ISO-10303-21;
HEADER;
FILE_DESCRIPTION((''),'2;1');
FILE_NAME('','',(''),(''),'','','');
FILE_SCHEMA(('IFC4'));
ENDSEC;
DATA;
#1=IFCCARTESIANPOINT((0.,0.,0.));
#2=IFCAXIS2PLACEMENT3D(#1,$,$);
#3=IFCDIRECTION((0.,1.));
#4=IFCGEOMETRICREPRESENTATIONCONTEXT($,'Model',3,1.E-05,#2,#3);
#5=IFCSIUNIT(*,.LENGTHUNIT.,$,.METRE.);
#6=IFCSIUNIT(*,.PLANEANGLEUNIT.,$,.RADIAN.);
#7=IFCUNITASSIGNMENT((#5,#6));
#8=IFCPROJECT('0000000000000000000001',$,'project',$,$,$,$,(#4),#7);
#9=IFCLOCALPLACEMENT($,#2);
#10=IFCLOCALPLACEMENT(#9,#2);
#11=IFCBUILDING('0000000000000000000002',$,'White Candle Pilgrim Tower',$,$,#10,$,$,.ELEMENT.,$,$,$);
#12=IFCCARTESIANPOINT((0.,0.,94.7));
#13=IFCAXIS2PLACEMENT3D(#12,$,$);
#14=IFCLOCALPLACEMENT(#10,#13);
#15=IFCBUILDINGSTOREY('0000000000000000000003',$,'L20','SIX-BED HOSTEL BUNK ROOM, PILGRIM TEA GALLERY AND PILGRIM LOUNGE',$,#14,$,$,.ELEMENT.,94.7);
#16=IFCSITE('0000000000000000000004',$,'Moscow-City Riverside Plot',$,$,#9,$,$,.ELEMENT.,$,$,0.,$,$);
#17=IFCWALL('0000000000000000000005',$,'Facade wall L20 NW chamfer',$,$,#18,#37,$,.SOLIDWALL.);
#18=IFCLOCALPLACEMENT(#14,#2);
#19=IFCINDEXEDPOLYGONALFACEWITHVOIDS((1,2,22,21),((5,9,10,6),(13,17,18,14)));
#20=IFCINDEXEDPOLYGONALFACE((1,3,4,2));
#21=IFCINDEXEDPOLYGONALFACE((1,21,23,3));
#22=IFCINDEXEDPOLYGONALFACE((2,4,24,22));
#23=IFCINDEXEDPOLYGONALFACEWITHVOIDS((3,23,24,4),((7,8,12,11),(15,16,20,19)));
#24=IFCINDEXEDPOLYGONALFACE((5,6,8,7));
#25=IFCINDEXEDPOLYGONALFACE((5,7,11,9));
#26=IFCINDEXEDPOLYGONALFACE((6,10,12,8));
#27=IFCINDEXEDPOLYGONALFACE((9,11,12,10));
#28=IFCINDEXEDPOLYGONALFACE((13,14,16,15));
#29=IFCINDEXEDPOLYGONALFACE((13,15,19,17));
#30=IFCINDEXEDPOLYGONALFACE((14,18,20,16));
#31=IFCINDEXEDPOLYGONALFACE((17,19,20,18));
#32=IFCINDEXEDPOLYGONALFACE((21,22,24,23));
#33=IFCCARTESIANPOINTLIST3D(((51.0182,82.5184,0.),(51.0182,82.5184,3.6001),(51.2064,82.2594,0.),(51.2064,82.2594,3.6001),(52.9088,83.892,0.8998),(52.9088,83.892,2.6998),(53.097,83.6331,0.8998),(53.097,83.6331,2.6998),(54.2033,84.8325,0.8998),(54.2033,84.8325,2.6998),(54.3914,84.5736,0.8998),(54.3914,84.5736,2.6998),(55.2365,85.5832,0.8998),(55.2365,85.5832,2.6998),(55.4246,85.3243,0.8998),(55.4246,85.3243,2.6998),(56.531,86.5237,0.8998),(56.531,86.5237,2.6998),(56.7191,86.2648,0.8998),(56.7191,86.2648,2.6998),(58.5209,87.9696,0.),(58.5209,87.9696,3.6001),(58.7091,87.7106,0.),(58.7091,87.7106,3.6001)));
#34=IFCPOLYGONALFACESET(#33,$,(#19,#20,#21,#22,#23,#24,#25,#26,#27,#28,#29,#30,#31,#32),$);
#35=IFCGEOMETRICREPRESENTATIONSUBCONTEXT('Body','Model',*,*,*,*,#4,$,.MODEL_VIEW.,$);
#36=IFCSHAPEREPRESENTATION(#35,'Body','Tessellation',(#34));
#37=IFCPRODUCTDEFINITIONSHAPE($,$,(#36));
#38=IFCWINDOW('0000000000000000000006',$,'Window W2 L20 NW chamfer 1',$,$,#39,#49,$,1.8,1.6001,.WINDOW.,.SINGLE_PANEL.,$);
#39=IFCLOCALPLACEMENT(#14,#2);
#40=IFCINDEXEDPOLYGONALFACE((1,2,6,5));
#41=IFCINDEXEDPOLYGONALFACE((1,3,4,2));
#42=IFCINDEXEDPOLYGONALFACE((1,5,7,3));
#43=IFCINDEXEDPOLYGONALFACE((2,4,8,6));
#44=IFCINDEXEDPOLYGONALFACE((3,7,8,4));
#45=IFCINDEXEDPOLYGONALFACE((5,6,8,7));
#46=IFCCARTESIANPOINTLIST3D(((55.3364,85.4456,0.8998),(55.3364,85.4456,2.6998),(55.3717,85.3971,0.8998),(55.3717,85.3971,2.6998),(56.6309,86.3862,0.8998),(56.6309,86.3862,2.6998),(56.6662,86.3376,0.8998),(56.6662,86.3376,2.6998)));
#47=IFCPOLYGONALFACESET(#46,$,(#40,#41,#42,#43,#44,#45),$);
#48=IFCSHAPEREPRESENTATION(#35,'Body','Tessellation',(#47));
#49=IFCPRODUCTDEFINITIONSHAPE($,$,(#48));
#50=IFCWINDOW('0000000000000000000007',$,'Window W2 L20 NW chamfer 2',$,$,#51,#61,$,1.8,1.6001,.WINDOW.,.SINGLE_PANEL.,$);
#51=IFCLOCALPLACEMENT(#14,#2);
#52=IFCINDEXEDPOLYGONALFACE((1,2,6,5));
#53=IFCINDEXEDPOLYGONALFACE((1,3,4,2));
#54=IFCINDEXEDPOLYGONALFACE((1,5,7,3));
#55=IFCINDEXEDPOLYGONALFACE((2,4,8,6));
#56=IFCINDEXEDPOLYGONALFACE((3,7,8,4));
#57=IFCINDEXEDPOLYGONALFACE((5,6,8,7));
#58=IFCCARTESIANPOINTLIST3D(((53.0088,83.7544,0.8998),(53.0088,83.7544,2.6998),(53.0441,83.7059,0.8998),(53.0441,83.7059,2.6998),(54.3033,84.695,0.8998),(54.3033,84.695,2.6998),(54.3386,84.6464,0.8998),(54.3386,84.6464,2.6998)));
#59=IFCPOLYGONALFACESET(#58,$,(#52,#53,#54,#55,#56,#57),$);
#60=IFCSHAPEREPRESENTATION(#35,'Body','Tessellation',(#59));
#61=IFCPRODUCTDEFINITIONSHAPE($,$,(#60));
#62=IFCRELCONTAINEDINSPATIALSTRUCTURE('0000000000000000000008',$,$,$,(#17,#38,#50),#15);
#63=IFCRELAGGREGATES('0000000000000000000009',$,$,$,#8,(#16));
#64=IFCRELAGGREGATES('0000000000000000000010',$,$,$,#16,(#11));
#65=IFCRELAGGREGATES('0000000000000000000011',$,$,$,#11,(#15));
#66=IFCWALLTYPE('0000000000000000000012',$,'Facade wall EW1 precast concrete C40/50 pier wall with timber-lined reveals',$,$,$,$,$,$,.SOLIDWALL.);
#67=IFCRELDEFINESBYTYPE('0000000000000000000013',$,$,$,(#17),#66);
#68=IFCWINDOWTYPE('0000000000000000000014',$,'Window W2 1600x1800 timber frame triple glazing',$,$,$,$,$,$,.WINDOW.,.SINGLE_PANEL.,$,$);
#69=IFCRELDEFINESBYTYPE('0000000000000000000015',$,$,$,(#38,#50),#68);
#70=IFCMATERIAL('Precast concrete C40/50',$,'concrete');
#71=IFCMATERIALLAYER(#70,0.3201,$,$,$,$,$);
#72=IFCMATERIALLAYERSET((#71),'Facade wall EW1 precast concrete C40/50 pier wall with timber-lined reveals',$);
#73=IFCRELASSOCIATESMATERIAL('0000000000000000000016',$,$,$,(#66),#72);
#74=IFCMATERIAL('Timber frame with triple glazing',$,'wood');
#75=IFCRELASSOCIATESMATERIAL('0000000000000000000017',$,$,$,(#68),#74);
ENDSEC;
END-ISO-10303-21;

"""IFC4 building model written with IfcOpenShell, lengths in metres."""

from ifc_helpers import new_model, si_unit, direction, frame, frame_2d, origin, place, context, subcontext, project, spatial, rectangle, extrude, material, layer, layer_set, type_object, element, fill, save


model = new_model("IFC4")

# Units and contexts
model_context = context("Model", 3, precision=1e-05, world=origin(), true_north=direction((0.0, 1.0)))
body_context = subcontext(model_context, "Body", "Model", "MODEL_VIEW")
ifc_project = project(units=[si_unit("LENGTHUNIT", "METRE"), si_unit("PLANEANGLEUNIT", "RADIAN")], contexts=[model_context])

# Site, building, storey
site_placement = place(None, origin())
site = spatial("IfcSite", under=ifc_project, at=site_placement, Name="Moscow-City Riverside Plot", CompositionType="ELEMENT", RefElevation=0.0)
building_placement = place(site_placement, origin())
building = spatial("IfcBuilding", under=site, at=building_placement, Name="White Candle Pilgrim Tower", CompositionType="ELEMENT")
storey_placement = place(building_placement, frame((0.0, 0.0, 94.7)))
storey = spatial("IfcBuildingStorey", under=building, at=storey_placement, Name="L20", Description="SIX-BED HOSTEL BUNK ROOM, PILGRIM TEA GALLERY AND PILGRIM LOUNGE", CompositionType="ELEMENT", Elevation=94.7)

# Wall, openings, windows
ifc_material_1 = material(Name="Precast concrete C40/50", Category="concrete")
ifc_layer_1 = layer(ifc_material_1, 0.3201)
ifc_layer_set_1 = layer_set([ifc_layer_1], Name="Facade wall EW1 precast concrete C40/50 pier wall with timber-lined reveals")
wall_type_1 = type_object("IfcWallType", Name="Facade wall EW1 precast concrete C40/50 pier wall with timber-lined reveals", PredefinedType="SOLIDWALL", material=ifc_layer_set_1)
wall_1_placement = place(storey_placement, frame((58.615, 87.8401, 0.0), z_axis=(0.0, 0.0, 1.0), x_axis=(-0.809009, -0.587796, 0.0)))
wall_1 = element("IfcWall", 1, at=wall_1_placement, inside=storey, type_object=wall_type_1, Name="Facade wall L20 NW chamfer", PredefinedType="SOLIDWALL", context=body_context, shape_type="SweptSolid", body=[
    extrude(rectangle(XDim=9.2739, YDim=0.3201, at=frame_2d((4.637, 0.0))), origin(), (0.0, 0.0, 1.0), 3.6001),
])
opening_1_placement = place(wall_1_placement, frame((2.4597, 0.0, 0.8999)))
opening_1 = element("IfcOpeningElement", 2, at=opening_1_placement, cuts=wall_1, PredefinedType="OPENING", context=body_context, shape_type="SweptSolid", body=[
    extrude(rectangle(XDim=1.6001, YDim=1.8, at=frame_2d((0.8, 0.8999))), frame((0.0, 0.1699, 0.0), z_axis=(0.0, -1.0, 0.0), x_axis=(1.0, 0.0, 0.0)), (0.0, 0.0, 1.0), 0.3401),
])
opening_2_placement = place(wall_1_placement, frame((5.3369, 0.0, 0.8999)))
opening_2 = element("IfcOpeningElement", 3, at=opening_2_placement, cuts=wall_1, PredefinedType="OPENING", context=body_context, shape_type="SweptSolid", body=[
    extrude(rectangle(XDim=1.6001, YDim=1.8, at=frame_2d((0.8, 0.8999))), frame((0.0, 0.1699, 0.0), z_axis=(0.0, -1.0, 0.0), x_axis=(1.0, 0.0, 0.0)), (0.0, 0.0, 1.0), 0.3401),
])
ifc_material_2 = material(Name="Timber frame with triple glazing", Category="wood")
window_type_1 = type_object("IfcWindowType", Name="Window W2 1600x1800 timber frame triple glazing", PartitioningType="SINGLE_PANEL", PredefinedType="WINDOW", material=ifc_material_2)
window_1_placement = place(opening_1_placement, origin())
window_1 = element("IfcWindow", 4, at=window_1_placement, inside=storey, type_object=window_type_1, Name="Window W2 L20 NW chamfer 1", OverallHeight=1.8, OverallWidth=1.6001, PartitioningType="SINGLE_PANEL", PredefinedType="WINDOW", context=body_context, shape_type="SweptSolid", body=[
    extrude(rectangle(XDim=1.6001, YDim=1.8, at=frame_2d((0.8, 0.8999))), frame((0.0, 0.0701, 0.0), z_axis=(0.0, -1.0, 0.0), x_axis=(1.0, 0.0, 0.0)), (0.0, 0.0, 1.0), 0.0601),
])
fill(opening_1, window_1)
window_2_placement = place(opening_2_placement, origin())
window_2 = element("IfcWindow", 5, at=window_2_placement, inside=storey, type_object=window_type_1, Name="Window W2 L20 NW chamfer 2", OverallHeight=1.8, OverallWidth=1.6001, PartitioningType="SINGLE_PANEL", PredefinedType="WINDOW", context=body_context, shape_type="SweptSolid", body=[
    extrude(rectangle(XDim=1.6001, YDim=1.8, at=frame_2d((0.8, 0.8999))), frame((0.0, 0.0701, 0.0), z_axis=(0.0, -1.0, 0.0), x_axis=(1.0, 0.0, 0.0)), (0.0, 0.0, 1.0), 0.0601),
])
fill(opening_2, window_2)

save(model, "model.ifc")
